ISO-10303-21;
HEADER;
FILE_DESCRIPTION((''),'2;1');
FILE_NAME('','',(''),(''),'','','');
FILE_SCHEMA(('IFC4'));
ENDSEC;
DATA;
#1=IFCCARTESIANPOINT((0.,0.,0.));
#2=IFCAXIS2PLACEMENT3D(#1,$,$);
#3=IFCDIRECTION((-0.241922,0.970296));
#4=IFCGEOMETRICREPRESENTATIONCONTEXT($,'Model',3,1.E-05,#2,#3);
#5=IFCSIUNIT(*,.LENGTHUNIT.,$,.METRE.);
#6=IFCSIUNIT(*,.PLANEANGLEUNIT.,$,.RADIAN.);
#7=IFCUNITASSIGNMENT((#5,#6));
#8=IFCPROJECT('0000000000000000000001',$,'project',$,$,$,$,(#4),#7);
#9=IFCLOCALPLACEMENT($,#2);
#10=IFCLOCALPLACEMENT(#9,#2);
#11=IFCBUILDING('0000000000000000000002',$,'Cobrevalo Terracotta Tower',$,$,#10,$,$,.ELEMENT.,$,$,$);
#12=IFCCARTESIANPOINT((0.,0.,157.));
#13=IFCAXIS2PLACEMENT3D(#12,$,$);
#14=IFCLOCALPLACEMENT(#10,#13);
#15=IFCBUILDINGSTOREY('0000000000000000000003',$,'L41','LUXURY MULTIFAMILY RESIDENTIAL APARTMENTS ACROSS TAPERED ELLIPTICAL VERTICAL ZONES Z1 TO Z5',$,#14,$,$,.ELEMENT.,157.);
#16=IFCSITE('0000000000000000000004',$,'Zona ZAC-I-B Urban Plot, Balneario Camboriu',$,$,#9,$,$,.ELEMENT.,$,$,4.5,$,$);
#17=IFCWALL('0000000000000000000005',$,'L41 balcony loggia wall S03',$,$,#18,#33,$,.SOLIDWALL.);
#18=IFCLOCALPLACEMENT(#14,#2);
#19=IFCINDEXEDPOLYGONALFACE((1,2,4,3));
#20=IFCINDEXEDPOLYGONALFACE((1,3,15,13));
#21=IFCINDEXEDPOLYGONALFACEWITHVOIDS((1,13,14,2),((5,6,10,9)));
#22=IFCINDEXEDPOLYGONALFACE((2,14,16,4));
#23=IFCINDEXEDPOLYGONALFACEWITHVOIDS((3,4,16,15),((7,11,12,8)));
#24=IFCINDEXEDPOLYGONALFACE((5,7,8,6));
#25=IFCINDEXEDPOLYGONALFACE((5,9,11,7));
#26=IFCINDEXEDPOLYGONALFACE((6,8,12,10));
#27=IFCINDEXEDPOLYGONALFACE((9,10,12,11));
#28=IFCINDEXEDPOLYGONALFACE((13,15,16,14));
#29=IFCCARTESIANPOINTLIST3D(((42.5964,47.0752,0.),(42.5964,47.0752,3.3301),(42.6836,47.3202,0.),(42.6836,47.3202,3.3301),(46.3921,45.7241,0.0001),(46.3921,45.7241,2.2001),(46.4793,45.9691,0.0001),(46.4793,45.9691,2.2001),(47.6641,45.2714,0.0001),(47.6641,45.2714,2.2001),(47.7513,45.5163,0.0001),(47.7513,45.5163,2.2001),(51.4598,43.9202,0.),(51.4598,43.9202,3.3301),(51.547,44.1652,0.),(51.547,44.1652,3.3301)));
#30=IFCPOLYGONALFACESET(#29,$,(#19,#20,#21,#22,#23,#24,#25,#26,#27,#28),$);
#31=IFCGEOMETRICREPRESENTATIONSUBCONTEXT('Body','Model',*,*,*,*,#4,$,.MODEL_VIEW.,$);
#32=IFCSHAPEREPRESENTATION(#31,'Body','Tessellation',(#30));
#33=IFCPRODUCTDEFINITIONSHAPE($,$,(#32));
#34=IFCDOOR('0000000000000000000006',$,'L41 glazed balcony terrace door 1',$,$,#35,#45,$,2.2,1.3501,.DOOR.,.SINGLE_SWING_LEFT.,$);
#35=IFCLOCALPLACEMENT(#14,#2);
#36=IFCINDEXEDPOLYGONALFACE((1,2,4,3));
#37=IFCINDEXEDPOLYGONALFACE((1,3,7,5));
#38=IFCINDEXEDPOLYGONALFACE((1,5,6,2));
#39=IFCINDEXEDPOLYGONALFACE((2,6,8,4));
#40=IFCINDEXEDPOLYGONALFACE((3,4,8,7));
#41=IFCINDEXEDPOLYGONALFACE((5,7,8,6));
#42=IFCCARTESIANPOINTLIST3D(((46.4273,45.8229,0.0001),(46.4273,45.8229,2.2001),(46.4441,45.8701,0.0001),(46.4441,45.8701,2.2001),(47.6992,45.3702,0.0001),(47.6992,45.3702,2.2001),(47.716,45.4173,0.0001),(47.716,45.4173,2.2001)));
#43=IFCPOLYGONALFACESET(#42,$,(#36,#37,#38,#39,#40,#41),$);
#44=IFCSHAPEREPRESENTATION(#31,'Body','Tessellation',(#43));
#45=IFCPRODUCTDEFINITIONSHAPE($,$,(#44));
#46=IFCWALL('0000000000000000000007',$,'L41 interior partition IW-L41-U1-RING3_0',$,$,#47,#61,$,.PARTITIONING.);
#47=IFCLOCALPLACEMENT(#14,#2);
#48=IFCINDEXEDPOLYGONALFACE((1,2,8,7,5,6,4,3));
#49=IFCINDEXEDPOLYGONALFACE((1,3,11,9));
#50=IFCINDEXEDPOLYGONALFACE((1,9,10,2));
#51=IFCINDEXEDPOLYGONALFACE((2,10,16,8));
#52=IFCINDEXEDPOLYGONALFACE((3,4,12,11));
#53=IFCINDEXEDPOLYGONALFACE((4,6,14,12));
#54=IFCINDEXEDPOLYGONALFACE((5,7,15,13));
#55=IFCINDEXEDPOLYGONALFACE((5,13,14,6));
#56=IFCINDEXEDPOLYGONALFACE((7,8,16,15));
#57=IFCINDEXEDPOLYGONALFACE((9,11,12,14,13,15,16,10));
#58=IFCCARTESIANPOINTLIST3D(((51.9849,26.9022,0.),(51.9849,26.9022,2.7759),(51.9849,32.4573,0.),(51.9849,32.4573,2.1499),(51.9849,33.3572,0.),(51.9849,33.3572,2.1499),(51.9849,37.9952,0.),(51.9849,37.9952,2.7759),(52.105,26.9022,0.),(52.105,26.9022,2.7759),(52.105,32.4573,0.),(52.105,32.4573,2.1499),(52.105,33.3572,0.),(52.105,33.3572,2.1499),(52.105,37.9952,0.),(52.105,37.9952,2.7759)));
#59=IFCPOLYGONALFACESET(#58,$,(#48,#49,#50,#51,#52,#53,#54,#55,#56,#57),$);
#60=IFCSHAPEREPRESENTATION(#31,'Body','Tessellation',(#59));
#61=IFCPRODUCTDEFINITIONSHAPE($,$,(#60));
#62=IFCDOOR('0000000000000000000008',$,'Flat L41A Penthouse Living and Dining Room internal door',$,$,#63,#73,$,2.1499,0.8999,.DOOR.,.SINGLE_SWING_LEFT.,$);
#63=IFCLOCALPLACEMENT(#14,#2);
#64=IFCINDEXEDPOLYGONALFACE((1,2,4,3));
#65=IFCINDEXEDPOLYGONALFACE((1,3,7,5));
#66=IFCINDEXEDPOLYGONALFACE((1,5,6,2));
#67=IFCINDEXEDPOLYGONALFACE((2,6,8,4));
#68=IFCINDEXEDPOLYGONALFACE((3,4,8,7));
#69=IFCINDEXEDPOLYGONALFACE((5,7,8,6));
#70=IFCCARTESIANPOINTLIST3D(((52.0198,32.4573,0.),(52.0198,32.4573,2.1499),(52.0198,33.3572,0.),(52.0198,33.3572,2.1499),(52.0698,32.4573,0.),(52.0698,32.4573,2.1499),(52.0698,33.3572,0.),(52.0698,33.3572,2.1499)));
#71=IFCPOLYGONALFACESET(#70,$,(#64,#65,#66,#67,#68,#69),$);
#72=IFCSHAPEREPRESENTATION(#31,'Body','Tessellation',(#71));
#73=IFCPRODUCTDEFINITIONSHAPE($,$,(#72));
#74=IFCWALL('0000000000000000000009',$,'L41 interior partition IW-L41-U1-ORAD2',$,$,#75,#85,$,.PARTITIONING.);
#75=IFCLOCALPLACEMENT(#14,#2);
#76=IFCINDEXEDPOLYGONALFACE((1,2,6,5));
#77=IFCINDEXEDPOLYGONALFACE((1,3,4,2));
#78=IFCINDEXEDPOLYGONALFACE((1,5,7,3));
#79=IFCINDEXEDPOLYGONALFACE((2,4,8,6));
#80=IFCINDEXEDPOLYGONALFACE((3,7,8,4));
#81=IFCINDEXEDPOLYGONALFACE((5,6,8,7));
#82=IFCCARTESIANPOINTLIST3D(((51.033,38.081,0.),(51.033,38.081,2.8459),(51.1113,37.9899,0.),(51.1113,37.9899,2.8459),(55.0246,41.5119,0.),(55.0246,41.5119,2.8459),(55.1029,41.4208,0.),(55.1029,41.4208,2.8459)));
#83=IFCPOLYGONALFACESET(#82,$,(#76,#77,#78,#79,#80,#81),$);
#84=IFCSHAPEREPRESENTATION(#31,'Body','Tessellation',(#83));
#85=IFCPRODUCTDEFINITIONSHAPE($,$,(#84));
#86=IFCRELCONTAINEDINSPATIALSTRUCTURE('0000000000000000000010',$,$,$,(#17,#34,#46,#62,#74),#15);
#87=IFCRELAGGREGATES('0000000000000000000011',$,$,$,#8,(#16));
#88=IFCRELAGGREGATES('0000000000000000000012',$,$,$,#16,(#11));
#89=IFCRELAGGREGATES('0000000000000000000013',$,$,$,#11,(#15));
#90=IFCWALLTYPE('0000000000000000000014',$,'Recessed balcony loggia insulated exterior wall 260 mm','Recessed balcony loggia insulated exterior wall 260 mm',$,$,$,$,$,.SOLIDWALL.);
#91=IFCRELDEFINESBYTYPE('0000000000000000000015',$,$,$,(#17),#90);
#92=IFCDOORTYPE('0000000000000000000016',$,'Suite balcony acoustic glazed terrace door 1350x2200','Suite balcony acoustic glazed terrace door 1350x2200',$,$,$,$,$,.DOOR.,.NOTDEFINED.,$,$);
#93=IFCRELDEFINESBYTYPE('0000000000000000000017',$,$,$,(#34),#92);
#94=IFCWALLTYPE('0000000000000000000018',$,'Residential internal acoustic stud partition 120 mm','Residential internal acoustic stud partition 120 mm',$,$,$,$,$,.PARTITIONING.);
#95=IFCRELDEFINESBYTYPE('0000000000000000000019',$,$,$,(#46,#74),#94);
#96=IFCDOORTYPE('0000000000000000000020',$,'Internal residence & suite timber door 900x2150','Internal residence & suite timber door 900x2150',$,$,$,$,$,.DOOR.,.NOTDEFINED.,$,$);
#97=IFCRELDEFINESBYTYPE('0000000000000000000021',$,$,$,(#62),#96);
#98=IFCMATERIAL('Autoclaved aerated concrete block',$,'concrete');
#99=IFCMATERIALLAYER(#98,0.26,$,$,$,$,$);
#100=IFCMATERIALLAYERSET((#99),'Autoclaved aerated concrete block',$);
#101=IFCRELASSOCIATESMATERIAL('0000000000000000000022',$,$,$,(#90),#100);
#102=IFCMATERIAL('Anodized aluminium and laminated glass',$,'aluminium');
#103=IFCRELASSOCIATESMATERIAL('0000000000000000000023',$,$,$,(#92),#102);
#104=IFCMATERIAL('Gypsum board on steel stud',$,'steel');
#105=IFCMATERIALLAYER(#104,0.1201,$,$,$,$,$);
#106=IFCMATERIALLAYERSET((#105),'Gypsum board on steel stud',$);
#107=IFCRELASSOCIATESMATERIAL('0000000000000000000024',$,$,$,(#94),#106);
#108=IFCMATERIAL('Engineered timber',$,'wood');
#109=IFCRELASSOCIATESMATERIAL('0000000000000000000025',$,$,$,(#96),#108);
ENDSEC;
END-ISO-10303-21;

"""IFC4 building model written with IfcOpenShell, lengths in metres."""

from ifc_helpers import new_model, si_unit, direction, frame, frame_2d, origin, place, context, subcontext, project, spatial, rectangle, extrude, source, transform, mapped, material, layer, layer_set, type_object, element, fill, save


model = new_model("IFC4")

# Units and contexts
model_context = context("Model", 3, precision=1e-05, world=origin(), true_north=direction((-0.241922, 0.970296)))
body_context = subcontext(model_context, "Body", "Model", "MODEL_VIEW")
ifc_project = project(units=[si_unit("LENGTHUNIT", "METRE"), si_unit("PLANEANGLEUNIT", "RADIAN")], contexts=[model_context])

# Site, building, storey
site_placement = place(None, origin())
site = spatial("IfcSite", under=ifc_project, at=site_placement, Name="Zona ZAC-I-B Urban Plot, Balneario Camboriu", CompositionType="ELEMENT", RefElevation=4.5)
building_placement = place(site_placement, origin())
building = spatial("IfcBuilding", under=site, at=building_placement, Name="Cobrevalo Terracotta Tower", CompositionType="ELEMENT")
storey_placement = place(building_placement, frame((0.0, 0.0, 157.0)))
storey = spatial("IfcBuildingStorey", under=building, at=storey_placement, Name="L41", Description="LUXURY MULTIFAMILY RESIDENTIAL APARTMENTS ACROSS TAPERED ELLIPTICAL VERTICAL ZONES Z1 TO Z5", CompositionType="ELEMENT", Elevation=157.0)

# Walls, openings, doors
ifc_material_1 = material(Name="Autoclaved aerated concrete block", Category="concrete")
ifc_layer_1 = layer(ifc_material_1, 0.26)
ifc_layer_set_1 = layer_set([ifc_layer_1], Name="Autoclaved aerated concrete block")
wall_type_1 = type_object("IfcWallType", Name="Recessed balcony loggia insulated exterior wall 260 mm", Description="Recessed balcony loggia insulated exterior wall 260 mm", PredefinedType="SOLIDWALL", material=ifc_layer_set_1)
wall_1_placement = place(storey_placement, frame((51.5034, 44.0427, 0.0), z_axis=(0.0, 0.0, 1.0), x_axis=(-0.942095, 0.335345, 0.0)))
wall_1 = element("IfcWall", 1, at=wall_1_placement, inside=storey, type_object=wall_type_1, Name="L41 balcony loggia wall S03", PredefinedType="SOLIDWALL", context=body_context, shape_type="SweptSolid", body=[
    extrude(rectangle(XDim=9.4082, YDim=0.26, at=frame_2d((4.7041, 0.0))), origin(), (0.0, 0.0, 1.0), 3.3301),
])
opening_1_placement = place(wall_1_placement, frame((4.0291, 0.0, 0.0)))
opening_1 = element("IfcOpeningElement", 2, at=opening_1_placement, cuts=wall_1, PredefinedType="OPENING", context=body_context, shape_type="SweptSolid", body=[
    extrude(rectangle(XDim=1.3501, YDim=2.2, at=frame_2d((0.675, 1.1001))), frame((0.0, 0.1401, 0.0), z_axis=(0.0, -1.0, 0.0), x_axis=(1.0, 0.0, 0.0)), (0.0, 0.0, 1.0), 0.28),
])
ifc_material_2 = material(Name="Anodized aluminium and laminated glass", Category="aluminium")
door_type_1 = type_object("IfcDoorType", Name="Suite balcony acoustic glazed terrace door 1350x2200", Description="Suite balcony acoustic glazed terrace door 1350x2200", OperationType="NOTDEFINED", PredefinedType="DOOR", material=ifc_material_2)
shared_shape_1 = source(origin(), body_context, "Body", "SweptSolid", [
    extrude(rectangle(XDim=1.3501, YDim=2.2, at=frame_2d((0.675, 1.1001))), frame((0.0, 0.0249, 0.0), z_axis=(0.0, -1.0, 0.0), x_axis=(1.0, 0.0, 0.0)), (0.0, 0.0, 1.0), 0.05),
])
door_1_placement = place(opening_1_placement, frame((1.3501, 0.0, 0.0), z_axis=(0.0, 0.0, 1.0), x_axis=(-1.0, 0.0, 0.0)))
door_1 = element("IfcDoor", 3, at=door_1_placement, inside=storey, type_object=door_type_1, Name="L41 glazed balcony terrace door 1", OperationType="SINGLE_SWING_LEFT", OverallHeight=2.2, OverallWidth=1.3501, PredefinedType="DOOR", context=body_context, shape_type="MappedRepresentation", body=[
    mapped(shared_shape_1, transform((0.0, 0.0, 0.0), scale=1.0)),
])
fill(opening_1, door_1)
ifc_material_3 = material(Name="Gypsum board on steel stud", Category="steel")
ifc_layer_2 = layer(ifc_material_3, 0.1201)
ifc_layer_set_2 = layer_set([ifc_layer_2], Name="Gypsum board on steel stud")
wall_type_2 = type_object("IfcWallType", Name="Residential internal acoustic stud partition 120 mm", Description="Residential internal acoustic stud partition 120 mm", PredefinedType="PARTITIONING", material=ifc_layer_set_2)
wall_2_placement = place(storey_placement, frame((52.0449, 37.9951, 0.0), z_axis=(0.0, 0.0, 1.0), x_axis=(0.0, -1.0, 0.0)))
wall_2 = element("IfcWall", 4, at=wall_2_placement, inside=storey, type_object=wall_type_2, Name="L41 interior partition IW-L41-U1-RING3_0", PredefinedType="PARTITIONING", context=body_context, shape_type="SweptSolid", body=[
    extrude(rectangle(XDim=11.093, YDim=0.1201, at=frame_2d((5.5464, 0.0))), origin(), (0.0, 0.0, 1.0), 2.7759),
])
opening_2_placement = place(wall_2_placement, frame((4.6379, 0.0, 0.0)))
opening_2 = element("IfcOpeningElement", 5, at=opening_2_placement, cuts=wall_2, PredefinedType="OPENING", context=body_context, shape_type="SweptSolid", body=[
    extrude(rectangle(XDim=0.8999, YDim=2.1499, at=frame_2d((0.45, 1.075))), frame((0.0, 0.0701, 0.0), z_axis=(0.0, -1.0, 0.0), x_axis=(1.0, 0.0, 0.0)), (0.0, 0.0, 1.0), 0.1401),
])
ifc_material_4 = material(Name="Engineered timber", Category="wood")
door_type_2 = type_object("IfcDoorType", Name="Internal residence & suite timber door 900x2150", Description="Internal residence & suite timber door 900x2150", OperationType="NOTDEFINED", PredefinedType="DOOR", material=ifc_material_4)
shared_shape_2 = source(origin(), body_context, "Body", "SweptSolid", [
    extrude(rectangle(XDim=0.8999, YDim=2.1499, at=frame_2d((0.45, 1.075))), frame((0.0, 0.0249, 0.0), z_axis=(0.0, -1.0, 0.0), x_axis=(1.0, 0.0, 0.0)), (0.0, 0.0, 1.0), 0.05),
])
door_2_placement = place(opening_2_placement, origin())
door_2 = element("IfcDoor", 6, at=door_2_placement, inside=storey, type_object=door_type_2, Name="Flat L41A Penthouse Living and Dining Room internal door", OperationType="SINGLE_SWING_LEFT", OverallHeight=2.1499, OverallWidth=0.8999, PredefinedType="DOOR", context=body_context, shape_type="MappedRepresentation", body=[
    mapped(shared_shape_2, transform((0.0, 0.0, 0.0), scale=1.0)),
])
fill(opening_2, door_2)

# Wall
wall_3_placement = place(storey_placement, frame((51.072, 38.0354, 0.0), z_axis=(0.0, 0.0, 1.0), x_axis=(0.758369, 0.651826, 0.0)))
element("IfcWall", 7, at=wall_3_placement, inside=storey, type_object=wall_type_2, Name="L41 interior partition IW-L41-U1-ORAD2", PredefinedType="PARTITIONING", context=body_context, shape_type="SweptSolid", body=[
    extrude(rectangle(XDim=5.2634, YDim=0.1201, at=frame_2d((2.6318, 0.0))), origin(), (0.0, 0.0, 1.0), 2.8459),
])

save(model, "model.ifc")
